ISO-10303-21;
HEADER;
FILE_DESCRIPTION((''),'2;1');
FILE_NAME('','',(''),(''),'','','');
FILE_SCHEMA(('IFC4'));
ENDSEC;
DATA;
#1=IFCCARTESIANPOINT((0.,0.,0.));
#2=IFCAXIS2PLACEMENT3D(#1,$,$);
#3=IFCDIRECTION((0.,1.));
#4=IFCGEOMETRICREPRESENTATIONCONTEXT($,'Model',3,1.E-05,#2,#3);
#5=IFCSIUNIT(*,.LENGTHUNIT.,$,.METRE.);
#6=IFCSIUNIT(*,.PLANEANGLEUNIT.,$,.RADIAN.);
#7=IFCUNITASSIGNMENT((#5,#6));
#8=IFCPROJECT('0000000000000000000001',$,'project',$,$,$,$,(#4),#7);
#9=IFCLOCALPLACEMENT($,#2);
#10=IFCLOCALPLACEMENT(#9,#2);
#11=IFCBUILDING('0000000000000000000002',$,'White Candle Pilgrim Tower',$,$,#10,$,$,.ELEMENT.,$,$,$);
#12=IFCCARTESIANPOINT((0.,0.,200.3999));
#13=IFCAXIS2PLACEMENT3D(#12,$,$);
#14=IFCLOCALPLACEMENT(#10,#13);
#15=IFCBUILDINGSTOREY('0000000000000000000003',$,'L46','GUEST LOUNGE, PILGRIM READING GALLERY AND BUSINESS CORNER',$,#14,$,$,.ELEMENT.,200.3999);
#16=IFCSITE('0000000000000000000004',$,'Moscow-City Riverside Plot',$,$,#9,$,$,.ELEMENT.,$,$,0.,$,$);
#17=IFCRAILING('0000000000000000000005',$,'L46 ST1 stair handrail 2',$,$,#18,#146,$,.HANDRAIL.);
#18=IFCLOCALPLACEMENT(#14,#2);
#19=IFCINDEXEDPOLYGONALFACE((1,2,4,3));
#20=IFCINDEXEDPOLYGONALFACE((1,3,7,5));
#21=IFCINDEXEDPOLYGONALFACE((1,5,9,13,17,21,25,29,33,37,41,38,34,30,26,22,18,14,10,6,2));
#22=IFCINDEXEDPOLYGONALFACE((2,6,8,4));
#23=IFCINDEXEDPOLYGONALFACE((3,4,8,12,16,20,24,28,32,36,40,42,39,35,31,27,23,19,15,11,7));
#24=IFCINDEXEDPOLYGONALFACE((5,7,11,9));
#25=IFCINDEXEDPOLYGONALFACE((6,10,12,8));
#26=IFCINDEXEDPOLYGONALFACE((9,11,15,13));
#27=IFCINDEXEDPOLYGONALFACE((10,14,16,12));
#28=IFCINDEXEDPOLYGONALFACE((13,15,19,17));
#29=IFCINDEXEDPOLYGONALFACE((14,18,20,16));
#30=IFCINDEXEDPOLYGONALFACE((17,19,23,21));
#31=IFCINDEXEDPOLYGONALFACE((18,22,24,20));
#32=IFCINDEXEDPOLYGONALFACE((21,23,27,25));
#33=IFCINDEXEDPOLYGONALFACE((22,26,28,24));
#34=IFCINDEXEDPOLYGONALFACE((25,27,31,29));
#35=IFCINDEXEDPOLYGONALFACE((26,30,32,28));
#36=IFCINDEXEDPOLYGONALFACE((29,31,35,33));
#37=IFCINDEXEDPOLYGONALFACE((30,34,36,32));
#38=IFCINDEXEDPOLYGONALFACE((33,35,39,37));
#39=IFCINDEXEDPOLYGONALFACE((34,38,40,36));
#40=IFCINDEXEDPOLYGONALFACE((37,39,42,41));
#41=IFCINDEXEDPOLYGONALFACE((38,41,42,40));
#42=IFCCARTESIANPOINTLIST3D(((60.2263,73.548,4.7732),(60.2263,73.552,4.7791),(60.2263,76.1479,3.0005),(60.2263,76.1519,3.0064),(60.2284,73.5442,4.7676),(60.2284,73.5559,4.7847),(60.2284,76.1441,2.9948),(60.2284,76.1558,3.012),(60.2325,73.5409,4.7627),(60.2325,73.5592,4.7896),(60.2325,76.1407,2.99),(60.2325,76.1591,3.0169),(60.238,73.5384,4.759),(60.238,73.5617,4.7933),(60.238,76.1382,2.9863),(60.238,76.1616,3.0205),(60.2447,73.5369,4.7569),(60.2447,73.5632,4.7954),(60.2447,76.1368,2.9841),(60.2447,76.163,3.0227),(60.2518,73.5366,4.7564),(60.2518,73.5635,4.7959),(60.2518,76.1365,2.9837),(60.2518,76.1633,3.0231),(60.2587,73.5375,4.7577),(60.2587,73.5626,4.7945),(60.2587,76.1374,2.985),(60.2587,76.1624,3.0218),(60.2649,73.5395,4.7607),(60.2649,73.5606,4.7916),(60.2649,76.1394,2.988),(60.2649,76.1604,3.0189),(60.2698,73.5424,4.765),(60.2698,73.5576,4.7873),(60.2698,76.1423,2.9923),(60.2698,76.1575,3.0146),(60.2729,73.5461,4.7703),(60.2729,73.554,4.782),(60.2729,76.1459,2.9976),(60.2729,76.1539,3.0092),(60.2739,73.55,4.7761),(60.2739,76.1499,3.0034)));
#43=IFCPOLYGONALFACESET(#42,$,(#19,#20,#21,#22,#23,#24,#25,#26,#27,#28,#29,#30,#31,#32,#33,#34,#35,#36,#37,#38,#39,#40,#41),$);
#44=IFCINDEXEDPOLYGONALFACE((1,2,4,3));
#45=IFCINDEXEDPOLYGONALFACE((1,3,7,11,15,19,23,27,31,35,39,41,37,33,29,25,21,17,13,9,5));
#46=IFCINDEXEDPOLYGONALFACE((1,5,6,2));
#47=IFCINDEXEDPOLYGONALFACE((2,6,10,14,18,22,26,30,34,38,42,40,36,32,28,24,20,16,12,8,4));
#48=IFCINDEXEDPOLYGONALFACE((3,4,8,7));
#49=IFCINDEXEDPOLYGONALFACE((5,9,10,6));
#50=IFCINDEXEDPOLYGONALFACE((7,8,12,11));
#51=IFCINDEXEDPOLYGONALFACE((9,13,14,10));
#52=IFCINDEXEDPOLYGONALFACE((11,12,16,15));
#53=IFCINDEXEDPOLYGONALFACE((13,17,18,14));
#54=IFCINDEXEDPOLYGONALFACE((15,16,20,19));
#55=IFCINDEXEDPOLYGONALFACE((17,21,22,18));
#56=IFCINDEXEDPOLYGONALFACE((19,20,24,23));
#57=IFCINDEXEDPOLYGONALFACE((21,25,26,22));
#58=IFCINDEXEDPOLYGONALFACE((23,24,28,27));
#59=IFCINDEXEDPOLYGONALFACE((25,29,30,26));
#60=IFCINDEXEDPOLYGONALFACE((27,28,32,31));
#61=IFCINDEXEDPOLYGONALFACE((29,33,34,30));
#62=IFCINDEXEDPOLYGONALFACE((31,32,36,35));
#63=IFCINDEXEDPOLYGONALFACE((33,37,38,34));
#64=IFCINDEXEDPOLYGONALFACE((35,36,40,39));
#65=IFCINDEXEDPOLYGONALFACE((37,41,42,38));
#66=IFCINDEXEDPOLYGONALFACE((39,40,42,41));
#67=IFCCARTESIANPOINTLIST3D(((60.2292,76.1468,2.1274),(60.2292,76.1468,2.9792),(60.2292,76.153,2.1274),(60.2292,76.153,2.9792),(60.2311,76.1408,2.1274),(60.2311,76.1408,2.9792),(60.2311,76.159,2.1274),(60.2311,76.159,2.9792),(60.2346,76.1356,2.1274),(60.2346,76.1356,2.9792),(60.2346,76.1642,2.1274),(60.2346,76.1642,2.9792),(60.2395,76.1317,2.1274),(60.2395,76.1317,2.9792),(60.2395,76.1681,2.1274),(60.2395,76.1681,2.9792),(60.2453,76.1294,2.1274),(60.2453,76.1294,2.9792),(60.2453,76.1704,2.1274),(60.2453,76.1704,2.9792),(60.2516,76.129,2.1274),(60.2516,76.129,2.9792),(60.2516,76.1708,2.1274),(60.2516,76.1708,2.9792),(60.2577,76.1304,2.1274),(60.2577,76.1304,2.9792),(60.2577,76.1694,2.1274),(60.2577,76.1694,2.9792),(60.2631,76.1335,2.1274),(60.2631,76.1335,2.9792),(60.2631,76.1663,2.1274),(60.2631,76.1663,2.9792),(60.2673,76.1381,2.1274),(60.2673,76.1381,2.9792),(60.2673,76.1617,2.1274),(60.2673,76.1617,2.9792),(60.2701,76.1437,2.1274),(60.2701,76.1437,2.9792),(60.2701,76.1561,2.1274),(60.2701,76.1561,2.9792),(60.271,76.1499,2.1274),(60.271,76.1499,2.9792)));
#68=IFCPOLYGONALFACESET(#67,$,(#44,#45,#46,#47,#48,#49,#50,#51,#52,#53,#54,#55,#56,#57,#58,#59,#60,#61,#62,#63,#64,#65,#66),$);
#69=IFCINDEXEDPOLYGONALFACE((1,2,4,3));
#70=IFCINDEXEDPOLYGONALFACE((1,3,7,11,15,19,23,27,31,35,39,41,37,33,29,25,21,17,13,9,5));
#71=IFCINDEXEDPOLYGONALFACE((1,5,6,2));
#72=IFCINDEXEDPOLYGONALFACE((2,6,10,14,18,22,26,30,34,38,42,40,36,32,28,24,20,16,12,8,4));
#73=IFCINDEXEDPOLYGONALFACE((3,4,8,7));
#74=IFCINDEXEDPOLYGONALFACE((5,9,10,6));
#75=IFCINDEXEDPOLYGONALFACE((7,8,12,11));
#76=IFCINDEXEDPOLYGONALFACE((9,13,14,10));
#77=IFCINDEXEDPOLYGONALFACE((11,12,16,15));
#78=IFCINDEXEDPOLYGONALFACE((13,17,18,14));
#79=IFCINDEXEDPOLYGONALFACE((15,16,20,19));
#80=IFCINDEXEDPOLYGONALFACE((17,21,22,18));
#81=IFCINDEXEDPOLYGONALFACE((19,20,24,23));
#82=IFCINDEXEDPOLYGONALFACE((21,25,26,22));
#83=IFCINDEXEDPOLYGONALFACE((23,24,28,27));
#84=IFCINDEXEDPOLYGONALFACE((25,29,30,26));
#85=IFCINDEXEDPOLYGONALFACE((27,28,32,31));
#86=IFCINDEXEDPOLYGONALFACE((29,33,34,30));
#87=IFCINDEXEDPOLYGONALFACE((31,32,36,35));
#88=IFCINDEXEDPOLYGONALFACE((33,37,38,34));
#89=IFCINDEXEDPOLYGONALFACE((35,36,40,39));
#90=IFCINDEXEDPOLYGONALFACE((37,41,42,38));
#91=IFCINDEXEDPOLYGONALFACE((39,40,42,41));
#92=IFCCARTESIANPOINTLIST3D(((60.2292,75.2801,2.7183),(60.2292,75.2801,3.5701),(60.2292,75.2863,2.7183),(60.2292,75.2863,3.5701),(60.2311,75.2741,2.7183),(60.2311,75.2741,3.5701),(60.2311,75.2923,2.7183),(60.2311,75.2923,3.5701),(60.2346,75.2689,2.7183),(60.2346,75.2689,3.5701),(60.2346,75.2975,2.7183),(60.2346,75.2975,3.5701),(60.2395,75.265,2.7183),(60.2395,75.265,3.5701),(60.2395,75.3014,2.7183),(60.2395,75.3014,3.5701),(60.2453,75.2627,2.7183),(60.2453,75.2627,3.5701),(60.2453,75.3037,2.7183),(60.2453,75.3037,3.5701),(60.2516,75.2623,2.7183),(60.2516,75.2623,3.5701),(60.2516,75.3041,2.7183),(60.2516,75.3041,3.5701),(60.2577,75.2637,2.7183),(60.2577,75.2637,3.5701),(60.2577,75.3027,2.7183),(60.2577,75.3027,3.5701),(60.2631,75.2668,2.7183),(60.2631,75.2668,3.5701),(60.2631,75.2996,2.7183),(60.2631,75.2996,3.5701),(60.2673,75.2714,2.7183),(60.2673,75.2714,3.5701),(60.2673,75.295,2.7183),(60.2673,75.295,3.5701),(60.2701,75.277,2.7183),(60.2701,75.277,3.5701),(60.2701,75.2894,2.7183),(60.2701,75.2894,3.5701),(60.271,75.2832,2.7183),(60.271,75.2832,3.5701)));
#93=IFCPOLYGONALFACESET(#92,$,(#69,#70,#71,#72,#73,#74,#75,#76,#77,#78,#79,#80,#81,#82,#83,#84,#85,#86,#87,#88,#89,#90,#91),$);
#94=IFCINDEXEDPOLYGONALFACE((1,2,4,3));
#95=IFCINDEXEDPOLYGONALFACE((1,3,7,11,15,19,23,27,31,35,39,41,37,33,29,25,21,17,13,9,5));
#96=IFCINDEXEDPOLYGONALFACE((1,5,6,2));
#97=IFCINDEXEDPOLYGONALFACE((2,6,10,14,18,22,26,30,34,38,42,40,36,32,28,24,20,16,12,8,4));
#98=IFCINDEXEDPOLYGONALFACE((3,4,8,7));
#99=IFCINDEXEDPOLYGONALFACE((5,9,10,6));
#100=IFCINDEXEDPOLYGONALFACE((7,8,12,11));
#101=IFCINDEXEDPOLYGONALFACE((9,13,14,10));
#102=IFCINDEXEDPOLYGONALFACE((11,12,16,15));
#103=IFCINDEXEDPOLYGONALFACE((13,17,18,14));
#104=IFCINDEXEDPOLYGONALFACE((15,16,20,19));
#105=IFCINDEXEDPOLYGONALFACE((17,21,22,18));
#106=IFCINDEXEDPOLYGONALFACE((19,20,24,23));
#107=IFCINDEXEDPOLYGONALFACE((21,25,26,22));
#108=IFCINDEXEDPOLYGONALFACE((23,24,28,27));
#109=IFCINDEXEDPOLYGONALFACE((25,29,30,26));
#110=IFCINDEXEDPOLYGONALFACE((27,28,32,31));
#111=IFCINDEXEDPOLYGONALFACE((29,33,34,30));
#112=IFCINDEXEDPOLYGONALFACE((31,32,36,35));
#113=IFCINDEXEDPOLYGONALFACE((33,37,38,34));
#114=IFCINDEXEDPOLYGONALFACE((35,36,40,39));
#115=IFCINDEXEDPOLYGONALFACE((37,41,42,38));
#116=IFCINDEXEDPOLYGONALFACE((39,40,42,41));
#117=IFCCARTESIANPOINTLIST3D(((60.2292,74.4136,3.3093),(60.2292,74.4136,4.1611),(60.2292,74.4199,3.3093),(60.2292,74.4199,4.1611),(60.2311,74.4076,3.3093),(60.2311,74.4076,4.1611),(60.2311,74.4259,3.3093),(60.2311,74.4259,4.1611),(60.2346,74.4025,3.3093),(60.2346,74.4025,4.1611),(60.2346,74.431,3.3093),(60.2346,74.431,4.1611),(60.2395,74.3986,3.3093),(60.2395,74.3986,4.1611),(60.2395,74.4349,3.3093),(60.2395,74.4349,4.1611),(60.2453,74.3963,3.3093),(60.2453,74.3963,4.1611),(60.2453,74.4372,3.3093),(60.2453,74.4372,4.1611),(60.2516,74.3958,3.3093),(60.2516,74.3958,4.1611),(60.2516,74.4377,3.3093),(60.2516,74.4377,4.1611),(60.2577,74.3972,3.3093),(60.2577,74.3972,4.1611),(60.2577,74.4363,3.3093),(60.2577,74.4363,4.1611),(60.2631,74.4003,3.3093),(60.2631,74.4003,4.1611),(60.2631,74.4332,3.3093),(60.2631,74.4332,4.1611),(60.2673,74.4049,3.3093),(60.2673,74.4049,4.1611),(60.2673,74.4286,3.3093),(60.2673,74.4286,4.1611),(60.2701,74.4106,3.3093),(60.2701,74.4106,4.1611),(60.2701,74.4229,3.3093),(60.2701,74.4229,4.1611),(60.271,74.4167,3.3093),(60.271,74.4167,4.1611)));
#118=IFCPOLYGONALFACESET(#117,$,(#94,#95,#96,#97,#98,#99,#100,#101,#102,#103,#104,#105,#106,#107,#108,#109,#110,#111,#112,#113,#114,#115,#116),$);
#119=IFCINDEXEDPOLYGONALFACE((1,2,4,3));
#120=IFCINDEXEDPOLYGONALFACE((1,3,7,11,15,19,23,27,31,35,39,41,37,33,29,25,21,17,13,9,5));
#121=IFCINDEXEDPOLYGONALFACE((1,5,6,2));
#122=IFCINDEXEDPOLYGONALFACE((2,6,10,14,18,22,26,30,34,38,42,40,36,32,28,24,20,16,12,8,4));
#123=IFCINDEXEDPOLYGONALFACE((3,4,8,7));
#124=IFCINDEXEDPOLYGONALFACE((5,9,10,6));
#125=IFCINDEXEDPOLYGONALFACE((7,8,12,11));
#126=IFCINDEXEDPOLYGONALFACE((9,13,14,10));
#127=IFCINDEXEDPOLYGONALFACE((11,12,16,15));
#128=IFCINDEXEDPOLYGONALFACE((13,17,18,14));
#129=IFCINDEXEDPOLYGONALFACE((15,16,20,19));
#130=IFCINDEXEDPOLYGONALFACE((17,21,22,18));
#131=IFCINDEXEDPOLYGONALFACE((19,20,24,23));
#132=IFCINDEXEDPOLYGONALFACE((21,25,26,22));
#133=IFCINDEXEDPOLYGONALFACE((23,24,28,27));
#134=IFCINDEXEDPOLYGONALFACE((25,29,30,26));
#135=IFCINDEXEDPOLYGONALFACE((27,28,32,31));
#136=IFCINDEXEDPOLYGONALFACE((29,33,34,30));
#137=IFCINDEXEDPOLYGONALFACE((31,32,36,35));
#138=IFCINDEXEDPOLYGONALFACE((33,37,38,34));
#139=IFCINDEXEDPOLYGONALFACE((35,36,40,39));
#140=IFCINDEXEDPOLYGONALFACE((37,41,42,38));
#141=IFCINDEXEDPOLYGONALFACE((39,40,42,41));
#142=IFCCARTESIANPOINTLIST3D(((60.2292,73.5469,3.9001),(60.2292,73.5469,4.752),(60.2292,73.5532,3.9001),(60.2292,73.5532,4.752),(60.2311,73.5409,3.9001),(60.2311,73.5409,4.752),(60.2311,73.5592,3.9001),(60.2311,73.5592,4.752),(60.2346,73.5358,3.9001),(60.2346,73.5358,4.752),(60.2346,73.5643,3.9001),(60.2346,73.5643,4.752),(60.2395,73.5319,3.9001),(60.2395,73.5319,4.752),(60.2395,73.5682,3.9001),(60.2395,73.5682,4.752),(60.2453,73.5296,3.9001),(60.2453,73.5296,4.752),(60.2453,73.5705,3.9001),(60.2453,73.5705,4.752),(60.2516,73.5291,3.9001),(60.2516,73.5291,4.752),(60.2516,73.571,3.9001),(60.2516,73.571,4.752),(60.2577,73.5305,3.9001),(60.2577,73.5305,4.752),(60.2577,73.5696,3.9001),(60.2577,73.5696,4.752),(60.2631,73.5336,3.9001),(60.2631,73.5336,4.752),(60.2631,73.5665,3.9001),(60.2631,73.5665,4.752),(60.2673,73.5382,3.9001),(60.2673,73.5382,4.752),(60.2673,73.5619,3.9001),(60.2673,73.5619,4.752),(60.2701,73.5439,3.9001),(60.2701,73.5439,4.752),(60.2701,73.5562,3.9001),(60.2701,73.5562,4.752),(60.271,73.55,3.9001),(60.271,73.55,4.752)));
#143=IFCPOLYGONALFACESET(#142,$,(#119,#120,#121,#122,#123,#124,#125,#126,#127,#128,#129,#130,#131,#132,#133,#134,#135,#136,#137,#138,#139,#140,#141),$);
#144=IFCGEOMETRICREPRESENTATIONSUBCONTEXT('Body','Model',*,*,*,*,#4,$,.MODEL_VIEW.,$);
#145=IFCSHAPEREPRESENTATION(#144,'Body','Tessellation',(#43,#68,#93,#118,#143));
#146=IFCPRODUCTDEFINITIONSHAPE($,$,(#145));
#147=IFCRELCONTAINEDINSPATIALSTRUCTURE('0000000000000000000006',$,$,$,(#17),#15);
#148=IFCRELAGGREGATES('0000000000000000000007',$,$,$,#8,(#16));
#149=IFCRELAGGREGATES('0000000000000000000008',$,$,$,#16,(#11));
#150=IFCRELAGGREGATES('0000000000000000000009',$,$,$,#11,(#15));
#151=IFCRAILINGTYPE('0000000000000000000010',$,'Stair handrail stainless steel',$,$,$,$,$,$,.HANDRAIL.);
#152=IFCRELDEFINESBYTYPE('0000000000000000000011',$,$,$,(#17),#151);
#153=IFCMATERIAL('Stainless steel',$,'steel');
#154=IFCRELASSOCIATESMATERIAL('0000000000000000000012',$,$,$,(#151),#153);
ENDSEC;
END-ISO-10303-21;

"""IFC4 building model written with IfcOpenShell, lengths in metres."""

from ifc_helpers import new_model, si_unit, direction, frame, origin, origin_2d, place, context, subcontext, project, spatial, circle, extrude, material, type_object, element, save


model = new_model("IFC4")

# Units and contexts
model_context = context("Model", 3, precision=1e-05, world=origin(), true_north=direction((0.0, 1.0)))
body_context = subcontext(model_context, "Body", "Model", "MODEL_VIEW")
ifc_project = project(units=[si_unit("LENGTHUNIT", "METRE"), si_unit("PLANEANGLEUNIT", "RADIAN")], contexts=[model_context])

# Site, building, storey
site_placement = place(None, origin())
site = spatial("IfcSite", under=ifc_project, at=site_placement, Name="Moscow-City Riverside Plot", CompositionType="ELEMENT", RefElevation=0.0)
building_placement = place(site_placement, origin())
building = spatial("IfcBuilding", under=site, at=building_placement, Name="White Candle Pilgrim Tower", CompositionType="ELEMENT")
storey_placement = place(building_placement, frame((0.0, 0.0, 200.3999)))
storey = spatial("IfcBuildingStorey", under=building, at=storey_placement, Name="L46", Description="GUEST LOUNGE, PILGRIM READING GALLERY AND BUSINESS CORNER", CompositionType="ELEMENT", Elevation=200.3999)

# Shared definitions
ifc_material_1 = material(Name="Stainless steel", Category="steel")

# Railing
railing_type_1 = type_object("IfcRailingType", Name="Stair handrail stainless steel", PredefinedType="HANDRAIL", material=ifc_material_1)
railing_1_placement = place(storey_placement, frame((60.25, 76.1499, 2.1274)))
element("IfcRailing", 1, at=railing_1_placement, inside=storey, type_object=railing_type_1, Name="L46 ST1 stair handrail 2", PredefinedType="HANDRAIL", context=body_context, shape_type="SweptSolid", body=[
    extrude(circle(Radius=0.0239, at=origin_2d()), frame((0.0, 0.0, 0.876), z_axis=(0.0, -0.826216, 0.563354), x_axis=(1.0, 0.0, 0.0)), (0.0, 0.0, 1.0), 3.1467),
    extrude(circle(Radius=0.021, at=origin_2d()), origin(), (0.0, 0.0, 1.0), 0.8518),
    extrude(circle(Radius=0.021, at=origin_2d()), frame((0.0, -0.8667, 0.5908)), (0.0, 0.0, 1.0), 0.8518),
    extrude(circle(Radius=0.021, at=origin_2d()), frame((0.0, -1.7332, 1.1819)), (0.0, 0.0, 1.0), 0.8518),
    extrude(circle(Radius=0.021, at=origin_2d()), frame((0.0, -2.5999, 1.7727)), (0.0, 0.0, 1.0), 0.8518),
])

save(model, "model.ifc")
